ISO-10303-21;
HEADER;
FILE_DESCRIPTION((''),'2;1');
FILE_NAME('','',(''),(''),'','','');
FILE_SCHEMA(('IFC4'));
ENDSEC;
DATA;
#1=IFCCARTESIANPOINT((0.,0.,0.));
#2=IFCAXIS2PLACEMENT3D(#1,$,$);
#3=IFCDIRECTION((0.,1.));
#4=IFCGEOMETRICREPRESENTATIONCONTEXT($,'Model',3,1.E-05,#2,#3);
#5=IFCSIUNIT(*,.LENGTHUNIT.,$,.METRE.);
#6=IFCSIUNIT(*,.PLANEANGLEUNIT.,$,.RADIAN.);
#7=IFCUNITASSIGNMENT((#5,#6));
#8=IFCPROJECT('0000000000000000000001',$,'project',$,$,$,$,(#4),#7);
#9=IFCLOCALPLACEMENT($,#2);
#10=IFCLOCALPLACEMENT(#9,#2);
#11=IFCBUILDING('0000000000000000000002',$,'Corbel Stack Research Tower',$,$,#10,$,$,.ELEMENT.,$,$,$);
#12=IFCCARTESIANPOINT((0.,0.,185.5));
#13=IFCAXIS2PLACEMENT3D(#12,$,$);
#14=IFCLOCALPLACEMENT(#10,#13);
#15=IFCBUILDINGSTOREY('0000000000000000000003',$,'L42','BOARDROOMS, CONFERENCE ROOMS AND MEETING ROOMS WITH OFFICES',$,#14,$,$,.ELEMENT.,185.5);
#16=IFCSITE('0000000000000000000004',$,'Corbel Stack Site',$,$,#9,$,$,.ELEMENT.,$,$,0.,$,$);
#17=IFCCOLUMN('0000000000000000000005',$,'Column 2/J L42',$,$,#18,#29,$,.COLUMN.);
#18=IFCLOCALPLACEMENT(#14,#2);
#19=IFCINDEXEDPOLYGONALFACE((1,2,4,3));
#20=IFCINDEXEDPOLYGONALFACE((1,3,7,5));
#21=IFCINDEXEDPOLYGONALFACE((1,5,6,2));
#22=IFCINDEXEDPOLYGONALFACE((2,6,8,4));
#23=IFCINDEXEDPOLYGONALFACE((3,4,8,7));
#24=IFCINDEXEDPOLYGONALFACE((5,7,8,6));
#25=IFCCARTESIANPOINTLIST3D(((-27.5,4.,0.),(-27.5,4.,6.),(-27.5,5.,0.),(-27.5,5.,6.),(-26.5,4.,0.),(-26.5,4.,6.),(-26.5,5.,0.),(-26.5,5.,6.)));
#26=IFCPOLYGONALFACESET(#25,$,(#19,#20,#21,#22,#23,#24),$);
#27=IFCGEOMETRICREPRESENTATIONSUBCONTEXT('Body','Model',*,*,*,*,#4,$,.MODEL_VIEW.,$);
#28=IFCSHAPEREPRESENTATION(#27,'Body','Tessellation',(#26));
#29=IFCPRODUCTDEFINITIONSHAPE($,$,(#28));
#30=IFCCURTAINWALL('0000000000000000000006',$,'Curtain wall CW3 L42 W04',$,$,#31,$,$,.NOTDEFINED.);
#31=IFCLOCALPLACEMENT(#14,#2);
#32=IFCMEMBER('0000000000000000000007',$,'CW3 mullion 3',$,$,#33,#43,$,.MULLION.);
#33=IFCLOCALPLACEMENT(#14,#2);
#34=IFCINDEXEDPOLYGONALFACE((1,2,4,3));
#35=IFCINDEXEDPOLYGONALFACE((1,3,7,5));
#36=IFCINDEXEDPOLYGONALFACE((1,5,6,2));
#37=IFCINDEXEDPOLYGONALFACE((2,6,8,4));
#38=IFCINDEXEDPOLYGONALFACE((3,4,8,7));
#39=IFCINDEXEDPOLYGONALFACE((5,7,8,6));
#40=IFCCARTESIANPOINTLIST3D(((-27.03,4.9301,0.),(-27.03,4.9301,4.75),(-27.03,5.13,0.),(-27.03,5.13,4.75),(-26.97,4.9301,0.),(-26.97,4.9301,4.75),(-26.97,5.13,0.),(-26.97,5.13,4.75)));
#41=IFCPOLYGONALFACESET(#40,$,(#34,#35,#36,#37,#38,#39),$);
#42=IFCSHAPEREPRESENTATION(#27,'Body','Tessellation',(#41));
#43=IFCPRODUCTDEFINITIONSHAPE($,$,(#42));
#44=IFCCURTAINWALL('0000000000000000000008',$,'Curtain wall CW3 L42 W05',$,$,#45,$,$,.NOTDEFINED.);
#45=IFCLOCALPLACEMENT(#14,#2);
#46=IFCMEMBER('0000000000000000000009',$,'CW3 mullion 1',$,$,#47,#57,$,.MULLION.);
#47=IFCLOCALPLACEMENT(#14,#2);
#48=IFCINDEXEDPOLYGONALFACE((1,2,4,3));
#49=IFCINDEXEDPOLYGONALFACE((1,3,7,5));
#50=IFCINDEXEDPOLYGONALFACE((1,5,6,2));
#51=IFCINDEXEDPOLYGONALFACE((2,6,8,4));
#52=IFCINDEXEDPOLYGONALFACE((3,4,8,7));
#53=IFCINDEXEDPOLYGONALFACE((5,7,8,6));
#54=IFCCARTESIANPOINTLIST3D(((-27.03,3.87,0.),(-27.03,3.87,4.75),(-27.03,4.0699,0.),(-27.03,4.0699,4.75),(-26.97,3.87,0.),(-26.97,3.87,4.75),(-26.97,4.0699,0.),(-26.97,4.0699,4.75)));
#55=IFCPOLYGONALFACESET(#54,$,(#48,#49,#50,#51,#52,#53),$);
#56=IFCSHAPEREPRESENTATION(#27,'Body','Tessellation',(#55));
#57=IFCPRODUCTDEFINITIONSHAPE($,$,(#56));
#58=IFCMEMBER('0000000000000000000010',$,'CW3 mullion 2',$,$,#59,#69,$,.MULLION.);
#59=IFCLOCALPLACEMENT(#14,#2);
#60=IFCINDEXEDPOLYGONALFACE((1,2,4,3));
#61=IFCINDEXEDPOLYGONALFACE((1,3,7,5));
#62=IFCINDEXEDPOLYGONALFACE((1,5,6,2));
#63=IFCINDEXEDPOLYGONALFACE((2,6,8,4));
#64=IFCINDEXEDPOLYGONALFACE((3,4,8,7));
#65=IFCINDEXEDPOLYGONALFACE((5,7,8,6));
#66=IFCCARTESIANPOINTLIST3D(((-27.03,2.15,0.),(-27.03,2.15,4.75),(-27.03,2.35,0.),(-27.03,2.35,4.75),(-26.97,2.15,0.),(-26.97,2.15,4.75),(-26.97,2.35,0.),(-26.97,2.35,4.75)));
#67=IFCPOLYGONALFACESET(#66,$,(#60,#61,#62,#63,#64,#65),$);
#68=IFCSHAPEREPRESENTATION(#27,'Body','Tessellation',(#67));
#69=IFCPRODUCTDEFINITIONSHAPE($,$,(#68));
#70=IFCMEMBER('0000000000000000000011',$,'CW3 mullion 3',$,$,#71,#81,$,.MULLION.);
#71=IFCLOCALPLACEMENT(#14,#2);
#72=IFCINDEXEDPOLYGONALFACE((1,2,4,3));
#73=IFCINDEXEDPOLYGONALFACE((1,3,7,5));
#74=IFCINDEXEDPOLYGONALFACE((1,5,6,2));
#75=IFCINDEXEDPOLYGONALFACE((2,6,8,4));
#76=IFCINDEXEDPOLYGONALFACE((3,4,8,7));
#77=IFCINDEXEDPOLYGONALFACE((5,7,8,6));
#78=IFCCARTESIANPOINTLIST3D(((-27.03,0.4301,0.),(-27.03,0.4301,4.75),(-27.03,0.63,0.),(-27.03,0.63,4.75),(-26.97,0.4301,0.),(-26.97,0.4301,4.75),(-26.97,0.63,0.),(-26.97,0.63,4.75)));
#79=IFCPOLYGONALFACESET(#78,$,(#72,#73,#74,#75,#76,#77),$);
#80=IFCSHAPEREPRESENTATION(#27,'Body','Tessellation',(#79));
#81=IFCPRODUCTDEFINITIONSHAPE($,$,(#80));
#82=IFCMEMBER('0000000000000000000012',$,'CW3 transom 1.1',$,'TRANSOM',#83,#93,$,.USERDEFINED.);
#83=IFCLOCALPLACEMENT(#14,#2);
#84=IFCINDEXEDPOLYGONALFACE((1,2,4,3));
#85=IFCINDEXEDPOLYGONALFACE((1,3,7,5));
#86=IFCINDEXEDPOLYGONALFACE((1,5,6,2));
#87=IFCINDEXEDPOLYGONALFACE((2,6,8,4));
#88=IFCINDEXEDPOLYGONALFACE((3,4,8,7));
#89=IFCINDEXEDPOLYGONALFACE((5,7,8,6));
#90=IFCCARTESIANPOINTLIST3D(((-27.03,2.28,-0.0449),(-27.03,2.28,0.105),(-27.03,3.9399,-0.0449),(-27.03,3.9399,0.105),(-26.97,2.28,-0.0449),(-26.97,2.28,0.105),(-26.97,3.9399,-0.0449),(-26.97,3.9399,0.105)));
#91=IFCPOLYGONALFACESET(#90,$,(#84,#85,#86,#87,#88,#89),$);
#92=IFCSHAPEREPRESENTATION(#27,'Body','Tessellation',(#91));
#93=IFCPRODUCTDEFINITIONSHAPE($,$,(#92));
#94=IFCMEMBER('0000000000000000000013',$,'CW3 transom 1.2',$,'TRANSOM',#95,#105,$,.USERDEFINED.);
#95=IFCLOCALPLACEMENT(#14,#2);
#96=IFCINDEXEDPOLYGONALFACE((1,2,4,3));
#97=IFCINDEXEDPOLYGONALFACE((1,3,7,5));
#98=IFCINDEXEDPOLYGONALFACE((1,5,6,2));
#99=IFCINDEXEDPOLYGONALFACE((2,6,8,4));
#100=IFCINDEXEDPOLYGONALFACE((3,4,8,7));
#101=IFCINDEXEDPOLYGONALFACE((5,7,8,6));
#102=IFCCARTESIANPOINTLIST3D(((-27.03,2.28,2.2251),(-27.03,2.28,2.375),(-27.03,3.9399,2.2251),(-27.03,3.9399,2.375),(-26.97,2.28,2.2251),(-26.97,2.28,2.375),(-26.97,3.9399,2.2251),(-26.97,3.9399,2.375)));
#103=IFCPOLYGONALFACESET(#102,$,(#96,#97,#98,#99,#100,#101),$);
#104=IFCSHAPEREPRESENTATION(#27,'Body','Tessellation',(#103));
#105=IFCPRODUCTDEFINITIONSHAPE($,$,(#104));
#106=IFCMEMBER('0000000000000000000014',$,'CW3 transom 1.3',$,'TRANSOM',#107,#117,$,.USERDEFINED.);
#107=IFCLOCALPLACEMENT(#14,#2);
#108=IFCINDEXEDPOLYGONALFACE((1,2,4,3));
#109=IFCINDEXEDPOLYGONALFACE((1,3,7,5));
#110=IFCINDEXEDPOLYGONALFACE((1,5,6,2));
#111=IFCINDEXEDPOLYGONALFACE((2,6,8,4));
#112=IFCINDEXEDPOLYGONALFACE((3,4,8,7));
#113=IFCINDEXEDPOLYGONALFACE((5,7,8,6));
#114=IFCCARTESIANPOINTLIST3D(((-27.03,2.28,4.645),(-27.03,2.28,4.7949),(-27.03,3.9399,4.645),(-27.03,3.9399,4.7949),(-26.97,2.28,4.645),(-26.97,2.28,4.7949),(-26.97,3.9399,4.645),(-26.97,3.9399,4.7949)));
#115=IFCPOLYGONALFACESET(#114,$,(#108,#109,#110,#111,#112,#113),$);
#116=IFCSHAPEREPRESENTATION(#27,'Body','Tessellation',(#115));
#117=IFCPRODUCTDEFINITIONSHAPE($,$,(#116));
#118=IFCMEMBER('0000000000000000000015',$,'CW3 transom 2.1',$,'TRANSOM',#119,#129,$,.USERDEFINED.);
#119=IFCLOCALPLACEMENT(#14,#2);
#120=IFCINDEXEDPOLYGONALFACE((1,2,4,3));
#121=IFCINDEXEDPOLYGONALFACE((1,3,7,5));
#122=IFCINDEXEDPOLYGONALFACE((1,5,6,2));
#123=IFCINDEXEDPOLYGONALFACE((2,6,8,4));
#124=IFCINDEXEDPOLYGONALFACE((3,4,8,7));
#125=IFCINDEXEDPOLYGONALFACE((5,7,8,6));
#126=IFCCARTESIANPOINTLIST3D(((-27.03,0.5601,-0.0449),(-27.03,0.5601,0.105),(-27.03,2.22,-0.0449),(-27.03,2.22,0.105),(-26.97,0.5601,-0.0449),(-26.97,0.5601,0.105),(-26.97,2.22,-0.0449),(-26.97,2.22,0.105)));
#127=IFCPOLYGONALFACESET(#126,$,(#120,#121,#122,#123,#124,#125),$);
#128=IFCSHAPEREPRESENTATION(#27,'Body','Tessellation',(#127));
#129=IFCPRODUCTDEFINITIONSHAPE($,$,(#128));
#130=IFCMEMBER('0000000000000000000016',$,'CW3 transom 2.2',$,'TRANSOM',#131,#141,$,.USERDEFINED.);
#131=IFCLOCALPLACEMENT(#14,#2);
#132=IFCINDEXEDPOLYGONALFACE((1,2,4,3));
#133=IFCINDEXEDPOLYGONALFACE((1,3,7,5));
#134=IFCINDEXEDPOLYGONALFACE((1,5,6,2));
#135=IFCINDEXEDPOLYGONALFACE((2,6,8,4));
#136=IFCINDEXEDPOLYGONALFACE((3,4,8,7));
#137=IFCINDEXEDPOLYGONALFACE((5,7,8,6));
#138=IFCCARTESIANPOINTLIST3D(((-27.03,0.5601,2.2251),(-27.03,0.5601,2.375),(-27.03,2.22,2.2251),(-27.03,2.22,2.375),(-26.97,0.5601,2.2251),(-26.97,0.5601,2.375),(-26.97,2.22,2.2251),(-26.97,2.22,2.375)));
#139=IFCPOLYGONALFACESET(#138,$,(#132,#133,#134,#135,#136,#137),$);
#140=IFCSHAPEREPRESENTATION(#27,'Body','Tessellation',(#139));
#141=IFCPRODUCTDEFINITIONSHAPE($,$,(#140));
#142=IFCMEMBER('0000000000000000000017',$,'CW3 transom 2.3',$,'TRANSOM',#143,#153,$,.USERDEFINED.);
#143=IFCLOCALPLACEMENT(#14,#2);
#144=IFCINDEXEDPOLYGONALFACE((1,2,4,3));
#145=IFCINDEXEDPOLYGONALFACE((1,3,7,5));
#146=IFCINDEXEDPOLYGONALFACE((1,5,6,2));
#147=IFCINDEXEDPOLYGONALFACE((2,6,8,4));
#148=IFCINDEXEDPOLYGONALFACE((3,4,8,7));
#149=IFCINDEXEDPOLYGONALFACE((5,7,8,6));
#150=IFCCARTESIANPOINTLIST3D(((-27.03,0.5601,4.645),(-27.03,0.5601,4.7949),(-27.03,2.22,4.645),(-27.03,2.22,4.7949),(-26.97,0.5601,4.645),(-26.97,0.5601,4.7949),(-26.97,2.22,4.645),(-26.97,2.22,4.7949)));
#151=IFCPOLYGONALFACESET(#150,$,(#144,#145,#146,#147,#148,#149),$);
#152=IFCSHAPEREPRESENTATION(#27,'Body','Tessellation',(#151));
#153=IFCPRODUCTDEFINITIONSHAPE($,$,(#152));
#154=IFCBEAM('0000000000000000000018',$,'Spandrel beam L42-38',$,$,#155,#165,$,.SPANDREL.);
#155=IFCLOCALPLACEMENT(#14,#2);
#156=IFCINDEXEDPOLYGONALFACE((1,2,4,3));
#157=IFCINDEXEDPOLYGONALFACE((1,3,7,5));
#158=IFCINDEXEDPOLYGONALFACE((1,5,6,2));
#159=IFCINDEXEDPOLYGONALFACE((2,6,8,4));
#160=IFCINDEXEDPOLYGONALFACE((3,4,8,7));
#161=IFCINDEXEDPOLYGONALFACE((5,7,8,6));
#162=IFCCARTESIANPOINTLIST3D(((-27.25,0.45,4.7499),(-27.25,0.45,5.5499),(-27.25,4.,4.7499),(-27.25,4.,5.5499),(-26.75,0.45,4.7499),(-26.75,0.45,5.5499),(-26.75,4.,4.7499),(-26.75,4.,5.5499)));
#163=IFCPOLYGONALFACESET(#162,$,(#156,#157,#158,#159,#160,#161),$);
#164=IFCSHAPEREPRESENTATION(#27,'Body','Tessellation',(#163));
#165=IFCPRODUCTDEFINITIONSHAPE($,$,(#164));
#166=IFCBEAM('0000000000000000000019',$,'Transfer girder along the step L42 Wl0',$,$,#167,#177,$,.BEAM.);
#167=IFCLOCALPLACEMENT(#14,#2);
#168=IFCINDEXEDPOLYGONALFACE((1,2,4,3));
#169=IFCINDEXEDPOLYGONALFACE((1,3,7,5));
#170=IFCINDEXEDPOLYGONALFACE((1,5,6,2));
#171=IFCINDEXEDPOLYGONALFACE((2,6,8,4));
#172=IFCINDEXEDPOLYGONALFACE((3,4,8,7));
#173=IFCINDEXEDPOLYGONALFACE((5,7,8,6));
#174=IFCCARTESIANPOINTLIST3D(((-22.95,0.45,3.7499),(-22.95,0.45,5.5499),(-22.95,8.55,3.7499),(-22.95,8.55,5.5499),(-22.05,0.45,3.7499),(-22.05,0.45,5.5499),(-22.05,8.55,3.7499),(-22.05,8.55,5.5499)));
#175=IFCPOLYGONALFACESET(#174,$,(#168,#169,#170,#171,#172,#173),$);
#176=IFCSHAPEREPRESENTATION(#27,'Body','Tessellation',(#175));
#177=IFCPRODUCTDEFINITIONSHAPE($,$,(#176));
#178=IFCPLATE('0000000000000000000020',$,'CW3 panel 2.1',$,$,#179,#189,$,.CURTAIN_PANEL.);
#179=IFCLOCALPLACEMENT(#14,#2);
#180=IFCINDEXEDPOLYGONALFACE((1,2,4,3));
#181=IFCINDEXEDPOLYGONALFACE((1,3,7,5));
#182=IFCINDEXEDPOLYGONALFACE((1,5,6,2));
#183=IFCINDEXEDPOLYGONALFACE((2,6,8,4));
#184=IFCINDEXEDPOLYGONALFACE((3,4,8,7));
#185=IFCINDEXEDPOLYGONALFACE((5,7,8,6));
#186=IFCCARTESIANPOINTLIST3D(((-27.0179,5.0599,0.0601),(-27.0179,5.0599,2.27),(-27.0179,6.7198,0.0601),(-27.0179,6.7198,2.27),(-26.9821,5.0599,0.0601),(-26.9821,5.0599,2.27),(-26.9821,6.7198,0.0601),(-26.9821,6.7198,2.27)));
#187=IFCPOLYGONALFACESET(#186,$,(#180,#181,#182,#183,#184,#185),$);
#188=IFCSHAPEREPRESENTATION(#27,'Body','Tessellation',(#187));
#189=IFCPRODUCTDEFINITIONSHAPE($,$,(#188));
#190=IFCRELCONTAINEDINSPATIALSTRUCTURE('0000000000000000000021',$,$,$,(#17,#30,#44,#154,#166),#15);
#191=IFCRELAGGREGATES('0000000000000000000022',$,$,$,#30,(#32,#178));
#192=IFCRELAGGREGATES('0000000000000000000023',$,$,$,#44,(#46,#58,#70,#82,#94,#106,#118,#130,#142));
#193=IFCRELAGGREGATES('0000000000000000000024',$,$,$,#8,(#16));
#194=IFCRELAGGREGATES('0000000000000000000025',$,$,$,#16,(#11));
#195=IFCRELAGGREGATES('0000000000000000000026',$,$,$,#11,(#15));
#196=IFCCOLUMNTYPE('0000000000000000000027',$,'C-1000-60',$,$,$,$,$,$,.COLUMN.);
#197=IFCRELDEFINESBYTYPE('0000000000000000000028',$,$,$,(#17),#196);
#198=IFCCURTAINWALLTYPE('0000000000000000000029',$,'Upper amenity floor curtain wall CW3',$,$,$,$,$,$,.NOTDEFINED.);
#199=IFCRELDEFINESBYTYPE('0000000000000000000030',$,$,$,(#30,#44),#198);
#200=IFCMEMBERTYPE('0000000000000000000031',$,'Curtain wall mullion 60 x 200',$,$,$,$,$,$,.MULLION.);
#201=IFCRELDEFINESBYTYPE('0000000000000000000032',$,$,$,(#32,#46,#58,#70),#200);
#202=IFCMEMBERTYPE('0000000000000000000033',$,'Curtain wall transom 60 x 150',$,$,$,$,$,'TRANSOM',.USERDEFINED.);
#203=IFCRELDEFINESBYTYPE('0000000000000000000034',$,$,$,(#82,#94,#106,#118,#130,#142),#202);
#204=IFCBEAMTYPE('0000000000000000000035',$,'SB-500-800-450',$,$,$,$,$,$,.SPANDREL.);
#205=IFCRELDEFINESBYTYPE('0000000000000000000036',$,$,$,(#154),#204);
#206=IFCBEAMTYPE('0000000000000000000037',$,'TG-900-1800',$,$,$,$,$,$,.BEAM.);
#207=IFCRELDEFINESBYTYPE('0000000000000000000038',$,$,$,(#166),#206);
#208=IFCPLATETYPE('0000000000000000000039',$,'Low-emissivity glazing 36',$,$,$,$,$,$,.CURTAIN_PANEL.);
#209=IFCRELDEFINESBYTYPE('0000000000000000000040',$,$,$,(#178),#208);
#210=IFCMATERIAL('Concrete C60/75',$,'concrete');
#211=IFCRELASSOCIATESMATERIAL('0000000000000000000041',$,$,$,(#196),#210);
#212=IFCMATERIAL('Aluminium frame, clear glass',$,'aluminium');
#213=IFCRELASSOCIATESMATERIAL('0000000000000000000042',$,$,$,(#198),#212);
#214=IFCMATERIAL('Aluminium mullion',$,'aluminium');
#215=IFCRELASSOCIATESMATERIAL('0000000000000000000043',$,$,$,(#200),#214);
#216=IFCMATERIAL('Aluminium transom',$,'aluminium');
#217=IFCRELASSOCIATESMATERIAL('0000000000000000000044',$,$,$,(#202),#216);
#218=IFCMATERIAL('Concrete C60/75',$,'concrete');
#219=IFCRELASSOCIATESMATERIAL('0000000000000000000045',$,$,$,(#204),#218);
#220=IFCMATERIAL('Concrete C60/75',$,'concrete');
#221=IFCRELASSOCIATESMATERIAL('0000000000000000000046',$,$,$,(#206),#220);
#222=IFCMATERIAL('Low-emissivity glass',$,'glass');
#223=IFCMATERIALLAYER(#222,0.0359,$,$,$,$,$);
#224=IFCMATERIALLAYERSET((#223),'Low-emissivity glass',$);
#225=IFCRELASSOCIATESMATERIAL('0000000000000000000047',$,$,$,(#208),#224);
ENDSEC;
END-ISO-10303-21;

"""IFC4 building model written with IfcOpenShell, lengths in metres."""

from ifc_helpers import new_model, si_unit, direction, frame, origin, origin_2d, place, context, subcontext, project, spatial, rectangle, extrude, material, layer, layer_set, material_profile, profile_set, type_object, element, aggregate, save


model = new_model("IFC4")

# Units and contexts
model_context = context("Model", 3, precision=1e-05, world=origin(), true_north=direction((0.0, 1.0)))
body_context = subcontext(model_context, "Body", "Model", "MODEL_VIEW")
ifc_project = project(units=[si_unit("LENGTHUNIT", "METRE"), si_unit("PLANEANGLEUNIT", "RADIAN")], contexts=[model_context])

# Site, building, storey
site_placement = place(None, origin())
site = spatial("IfcSite", under=ifc_project, at=site_placement, Name="Corbel Stack Site", CompositionType="ELEMENT", RefElevation=0.0)
building_placement = place(site_placement, origin())
building = spatial("IfcBuilding", under=site, at=building_placement, Name="Corbel Stack Research Tower", CompositionType="ELEMENT")
storey_placement = place(building_placement, frame((0.0, 0.0, 185.5)))
storey = spatial("IfcBuildingStorey", under=building, at=storey_placement, Name="L42", Description="BOARDROOMS, CONFERENCE ROOMS AND MEETING ROOMS WITH OFFICES", CompositionType="ELEMENT", Elevation=185.5)

# Column
ifc_material_1 = material(Name="Concrete C60/75", Category="concrete")
ifc_material_profile_1 = material_profile(ifc_material_1, rectangle(XDim=1.0, YDim=1.0, at=origin_2d()), Name="RC 1000 x 1000")
ifc_profile_set_1 = profile_set([ifc_material_profile_1], Name="Concrete C60/75")
column_type = type_object("IfcColumnType", Name="C-1000-60", PredefinedType="COLUMN", material=ifc_profile_set_1)
column_placement = place(storey_placement, frame((-27.0, 4.5, 0.0), z_axis=(0.0, 0.0, 1.0), x_axis=(1.0, 0.0, 0.0)))
element("IfcColumn", 1, at=column_placement, inside=storey, type_object=column_type, Name="Column 2/J L42", PredefinedType="COLUMN", context=body_context, shape_type="SweptSolid", body=[
    extrude(rectangle(XDim=1.0, YDim=1.0, at=origin_2d()), origin(), (0.0, 0.0, 1.0), 6.0),
])

# Curtain wall, member
ifc_material_2 = material(Name="Aluminium frame, clear glass", Category="aluminium")
curtain_wall_type = type_object("IfcCurtainWallType", Name="Upper amenity floor curtain wall CW3", PredefinedType="NOTDEFINED", material=ifc_material_2)
curtain_wall_1_placement = place(storey_placement, origin())
curtain_wall_1 = element("IfcCurtainWall", 2, at=curtain_wall_1_placement, inside=storey, type_object=curtain_wall_type, Name="Curtain wall CW3 L42 W04", PredefinedType="NOTDEFINED")
ifc_material_3 = material(Name="Aluminium mullion", Category="aluminium")
ifc_material_profile_2 = material_profile(ifc_material_3, rectangle(XDim=0.0601, YDim=0.2, at=origin_2d()), Name="Mullion 60 x 200")
ifc_profile_set_2 = profile_set([ifc_material_profile_2], Name="Aluminium mullion")
member_type_1 = type_object("IfcMemberType", Name="Curtain wall mullion 60 x 200", PredefinedType="MULLION", material=ifc_profile_set_2)
member_1_placement = place(storey_placement, frame((-27.0, 5.03, 0.0), z_axis=(0.0, 0.0, 1.0), x_axis=(1.0, 0.0, 0.0)))
member_1 = element("IfcMember", 3, at=member_1_placement, type_object=member_type_1, Name="CW3 mullion 3", PredefinedType="MULLION", context=body_context, shape_type="SweptSolid", body=[
    extrude(rectangle(XDim=0.0601, YDim=0.2, at=origin_2d()), origin(), (0.0, 0.0, 1.0), 4.75),
])

# Curtain wall, members
curtain_wall_2_placement = place(storey_placement, origin())
curtain_wall_2 = element("IfcCurtainWall", 4, at=curtain_wall_2_placement, inside=storey, type_object=curtain_wall_type, Name="Curtain wall CW3 L42 W05", PredefinedType="NOTDEFINED")
member_2_placement = place(storey_placement, frame((-27.0, 3.97, 0.0), z_axis=(0.0, 0.0, 1.0), x_axis=(1.0, 0.0, 0.0)))
member_2 = element("IfcMember", 5, at=member_2_placement, type_object=member_type_1, Name="CW3 mullion 1", PredefinedType="MULLION", context=body_context, shape_type="SweptSolid", body=[
    extrude(rectangle(XDim=0.0601, YDim=0.2, at=origin_2d()), origin(), (0.0, 0.0, 1.0), 4.75),
])
member_3_placement = place(storey_placement, frame((-27.0, 2.25, 0.0), z_axis=(0.0, 0.0, 1.0), x_axis=(1.0, 0.0, 0.0)))
member_3 = element("IfcMember", 6, at=member_3_placement, type_object=member_type_1, Name="CW3 mullion 2", PredefinedType="MULLION", context=body_context, shape_type="SweptSolid", body=[
    extrude(rectangle(XDim=0.0601, YDim=0.2, at=origin_2d()), origin(), (0.0, 0.0, 1.0), 4.75),
])
member_4_placement = place(storey_placement, frame((-27.0, 0.53, 0.0), z_axis=(0.0, 0.0, 1.0), x_axis=(1.0, 0.0, 0.0)))
member_4 = element("IfcMember", 7, at=member_4_placement, type_object=member_type_1, Name="CW3 mullion 3", PredefinedType="MULLION", context=body_context, shape_type="SweptSolid", body=[
    extrude(rectangle(XDim=0.0601, YDim=0.2, at=origin_2d()), origin(), (0.0, 0.0, 1.0), 4.75),
])
ifc_material_4 = material(Name="Aluminium transom", Category="aluminium")
ifc_material_profile_3 = material_profile(ifc_material_4, rectangle(XDim=0.0601, YDim=0.1499, at=origin_2d()), Name="Transom 60 x 150")
ifc_profile_set_3 = profile_set([ifc_material_profile_3], Name="Aluminium transom")
member_type_2 = type_object("IfcMemberType", Name="Curtain wall transom 60 x 150", ElementType="TRANSOM", PredefinedType="USERDEFINED", material=ifc_profile_set_3)
member_5_placement = place(storey_placement, frame((-27.0, 3.9399, 0.03), z_axis=(0.0, -1.0, 0.0), x_axis=(1.0, 0.0, 0.0)))
member_5 = element("IfcMember", 8, at=member_5_placement, type_object=member_type_2, Name="CW3 transom 1.1", ObjectType="TRANSOM", PredefinedType="USERDEFINED", context=body_context, shape_type="SweptSolid", body=[
    extrude(rectangle(XDim=0.0601, YDim=0.1499, at=origin_2d()), origin(), (0.0, 0.0, 1.0), 1.6599),
])
member_6_placement = place(storey_placement, frame((-27.0, 3.9399, 2.3), z_axis=(0.0, -1.0, 0.0), x_axis=(1.0, 0.0, 0.0)))
member_6 = element("IfcMember", 9, at=member_6_placement, type_object=member_type_2, Name="CW3 transom 1.2", ObjectType="TRANSOM", PredefinedType="USERDEFINED", context=body_context, shape_type="SweptSolid", body=[
    extrude(rectangle(XDim=0.0601, YDim=0.1499, at=origin_2d()), origin(), (0.0, 0.0, 1.0), 1.6599),
])
member_7_placement = place(storey_placement, frame((-27.0, 3.9399, 4.72), z_axis=(0.0, -1.0, 0.0), x_axis=(1.0, 0.0, 0.0)))
member_7 = element("IfcMember", 10, at=member_7_placement, type_object=member_type_2, Name="CW3 transom 1.3", ObjectType="TRANSOM", PredefinedType="USERDEFINED", context=body_context, shape_type="SweptSolid", body=[
    extrude(rectangle(XDim=0.0601, YDim=0.1499, at=origin_2d()), origin(), (0.0, 0.0, 1.0), 1.6599),
])
member_8_placement = place(storey_placement, frame((-27.0, 2.22, 0.03), z_axis=(0.0, -1.0, 0.0), x_axis=(1.0, 0.0, 0.0)))
member_8 = element("IfcMember", 11, at=member_8_placement, type_object=member_type_2, Name="CW3 transom 2.1", ObjectType="TRANSOM", PredefinedType="USERDEFINED", context=body_context, shape_type="SweptSolid", body=[
    extrude(rectangle(XDim=0.0601, YDim=0.1499, at=origin_2d()), origin(), (0.0, 0.0, 1.0), 1.6599),
])
member_9_placement = place(storey_placement, frame((-27.0, 2.22, 2.3), z_axis=(0.0, -1.0, 0.0), x_axis=(1.0, 0.0, 0.0)))
member_9 = element("IfcMember", 12, at=member_9_placement, type_object=member_type_2, Name="CW3 transom 2.2", ObjectType="TRANSOM", PredefinedType="USERDEFINED", context=body_context, shape_type="SweptSolid", body=[
    extrude(rectangle(XDim=0.0601, YDim=0.1499, at=origin_2d()), origin(), (0.0, 0.0, 1.0), 1.6599),
])
member_10_placement = place(storey_placement, frame((-27.0, 2.22, 4.72), z_axis=(0.0, -1.0, 0.0), x_axis=(1.0, 0.0, 0.0)))
member_10 = element("IfcMember", 13, at=member_10_placement, type_object=member_type_2, Name="CW3 transom 2.3", ObjectType="TRANSOM", PredefinedType="USERDEFINED", context=body_context, shape_type="SweptSolid", body=[
    extrude(rectangle(XDim=0.0601, YDim=0.1499, at=origin_2d()), origin(), (0.0, 0.0, 1.0), 1.6599),
])

# Beams
ifc_material_5 = material(Name="Concrete C60/75", Category="concrete")
ifc_material_profile_4 = material_profile(ifc_material_5, rectangle(XDim=0.5, YDim=0.8, at=origin_2d()), Name="RC 500 x 800")
ifc_profile_set_4 = profile_set([ifc_material_profile_4], Name="Concrete C60/75")
beam_type_1 = type_object("IfcBeamType", Name="SB-500-800-450", PredefinedType="SPANDREL", material=ifc_profile_set_4)
beam_1_placement = place(storey_placement, frame((-27.0, 4.0, 5.1499), z_axis=(0.0, -1.0, 0.0), x_axis=(1.0, 0.0, 0.0)))
element("IfcBeam", 14, at=beam_1_placement, inside=storey, type_object=beam_type_1, Name="Spandrel beam L42-38", PredefinedType="SPANDREL", context=body_context, shape_type="SweptSolid", body=[
    extrude(rectangle(XDim=0.5, YDim=0.8, at=origin_2d()), origin(), (0.0, 0.0, 1.0), 3.55),
])
ifc_material_6 = material(Name="Concrete C60/75", Category="concrete")
ifc_material_profile_5 = material_profile(ifc_material_6, rectangle(XDim=0.8999, YDim=1.8, at=origin_2d()), Name="RC 900 x 1800")
ifc_profile_set_5 = profile_set([ifc_material_profile_5], Name="Concrete C60/75")
beam_type_2 = type_object("IfcBeamType", Name="TG-900-1800", PredefinedType="BEAM", material=ifc_profile_set_5)
beam_2_placement = place(storey_placement, frame((-22.5, 0.45, 4.6499), z_axis=(0.0, 1.0, 0.0), x_axis=(-1.0, 0.0, 0.0)))
element("IfcBeam", 15, at=beam_2_placement, inside=storey, type_object=beam_type_2, Name="Transfer girder along the step L42 Wl0", PredefinedType="BEAM", context=body_context, shape_type="SweptSolid", body=[
    extrude(rectangle(XDim=0.8999, YDim=1.8, at=origin_2d()), origin(), (0.0, 0.0, 1.0), 8.1001),
])

# Plate
ifc_material_7 = material(Name="Low-emissivity glass", Category="glass")
ifc_layer_1 = layer(ifc_material_7, 0.0359)
ifc_layer_set_1 = layer_set([ifc_layer_1], Name="Low-emissivity glass")
plate_type = type_object("IfcPlateType", Name="Low-emissivity glazing 36", PredefinedType="CURTAIN_PANEL", material=ifc_layer_set_1)
plate_1_placement = place(storey_placement, frame((-27.0, 5.8899, 0.0601), z_axis=(0.0, 0.0, 1.0), x_axis=(0.0, -1.0, 0.0)))
plate_1 = element("IfcPlate", 16, at=plate_1_placement, type_object=plate_type, Name="CW3 panel 2.1", PredefinedType="CURTAIN_PANEL", context=body_context, shape_type="SweptSolid", body=[
    extrude(rectangle(XDim=1.6599, YDim=0.0359, at=origin_2d()), origin(), (0.0, 0.0, 1.0), 2.21),
])
aggregate(curtain_wall_1, [member_1, plate_1])
aggregate(curtain_wall_2, [member_2, member_3, member_4, member_5, member_6, member_7, member_8, member_9, member_10])

save(model, "model.ifc")
